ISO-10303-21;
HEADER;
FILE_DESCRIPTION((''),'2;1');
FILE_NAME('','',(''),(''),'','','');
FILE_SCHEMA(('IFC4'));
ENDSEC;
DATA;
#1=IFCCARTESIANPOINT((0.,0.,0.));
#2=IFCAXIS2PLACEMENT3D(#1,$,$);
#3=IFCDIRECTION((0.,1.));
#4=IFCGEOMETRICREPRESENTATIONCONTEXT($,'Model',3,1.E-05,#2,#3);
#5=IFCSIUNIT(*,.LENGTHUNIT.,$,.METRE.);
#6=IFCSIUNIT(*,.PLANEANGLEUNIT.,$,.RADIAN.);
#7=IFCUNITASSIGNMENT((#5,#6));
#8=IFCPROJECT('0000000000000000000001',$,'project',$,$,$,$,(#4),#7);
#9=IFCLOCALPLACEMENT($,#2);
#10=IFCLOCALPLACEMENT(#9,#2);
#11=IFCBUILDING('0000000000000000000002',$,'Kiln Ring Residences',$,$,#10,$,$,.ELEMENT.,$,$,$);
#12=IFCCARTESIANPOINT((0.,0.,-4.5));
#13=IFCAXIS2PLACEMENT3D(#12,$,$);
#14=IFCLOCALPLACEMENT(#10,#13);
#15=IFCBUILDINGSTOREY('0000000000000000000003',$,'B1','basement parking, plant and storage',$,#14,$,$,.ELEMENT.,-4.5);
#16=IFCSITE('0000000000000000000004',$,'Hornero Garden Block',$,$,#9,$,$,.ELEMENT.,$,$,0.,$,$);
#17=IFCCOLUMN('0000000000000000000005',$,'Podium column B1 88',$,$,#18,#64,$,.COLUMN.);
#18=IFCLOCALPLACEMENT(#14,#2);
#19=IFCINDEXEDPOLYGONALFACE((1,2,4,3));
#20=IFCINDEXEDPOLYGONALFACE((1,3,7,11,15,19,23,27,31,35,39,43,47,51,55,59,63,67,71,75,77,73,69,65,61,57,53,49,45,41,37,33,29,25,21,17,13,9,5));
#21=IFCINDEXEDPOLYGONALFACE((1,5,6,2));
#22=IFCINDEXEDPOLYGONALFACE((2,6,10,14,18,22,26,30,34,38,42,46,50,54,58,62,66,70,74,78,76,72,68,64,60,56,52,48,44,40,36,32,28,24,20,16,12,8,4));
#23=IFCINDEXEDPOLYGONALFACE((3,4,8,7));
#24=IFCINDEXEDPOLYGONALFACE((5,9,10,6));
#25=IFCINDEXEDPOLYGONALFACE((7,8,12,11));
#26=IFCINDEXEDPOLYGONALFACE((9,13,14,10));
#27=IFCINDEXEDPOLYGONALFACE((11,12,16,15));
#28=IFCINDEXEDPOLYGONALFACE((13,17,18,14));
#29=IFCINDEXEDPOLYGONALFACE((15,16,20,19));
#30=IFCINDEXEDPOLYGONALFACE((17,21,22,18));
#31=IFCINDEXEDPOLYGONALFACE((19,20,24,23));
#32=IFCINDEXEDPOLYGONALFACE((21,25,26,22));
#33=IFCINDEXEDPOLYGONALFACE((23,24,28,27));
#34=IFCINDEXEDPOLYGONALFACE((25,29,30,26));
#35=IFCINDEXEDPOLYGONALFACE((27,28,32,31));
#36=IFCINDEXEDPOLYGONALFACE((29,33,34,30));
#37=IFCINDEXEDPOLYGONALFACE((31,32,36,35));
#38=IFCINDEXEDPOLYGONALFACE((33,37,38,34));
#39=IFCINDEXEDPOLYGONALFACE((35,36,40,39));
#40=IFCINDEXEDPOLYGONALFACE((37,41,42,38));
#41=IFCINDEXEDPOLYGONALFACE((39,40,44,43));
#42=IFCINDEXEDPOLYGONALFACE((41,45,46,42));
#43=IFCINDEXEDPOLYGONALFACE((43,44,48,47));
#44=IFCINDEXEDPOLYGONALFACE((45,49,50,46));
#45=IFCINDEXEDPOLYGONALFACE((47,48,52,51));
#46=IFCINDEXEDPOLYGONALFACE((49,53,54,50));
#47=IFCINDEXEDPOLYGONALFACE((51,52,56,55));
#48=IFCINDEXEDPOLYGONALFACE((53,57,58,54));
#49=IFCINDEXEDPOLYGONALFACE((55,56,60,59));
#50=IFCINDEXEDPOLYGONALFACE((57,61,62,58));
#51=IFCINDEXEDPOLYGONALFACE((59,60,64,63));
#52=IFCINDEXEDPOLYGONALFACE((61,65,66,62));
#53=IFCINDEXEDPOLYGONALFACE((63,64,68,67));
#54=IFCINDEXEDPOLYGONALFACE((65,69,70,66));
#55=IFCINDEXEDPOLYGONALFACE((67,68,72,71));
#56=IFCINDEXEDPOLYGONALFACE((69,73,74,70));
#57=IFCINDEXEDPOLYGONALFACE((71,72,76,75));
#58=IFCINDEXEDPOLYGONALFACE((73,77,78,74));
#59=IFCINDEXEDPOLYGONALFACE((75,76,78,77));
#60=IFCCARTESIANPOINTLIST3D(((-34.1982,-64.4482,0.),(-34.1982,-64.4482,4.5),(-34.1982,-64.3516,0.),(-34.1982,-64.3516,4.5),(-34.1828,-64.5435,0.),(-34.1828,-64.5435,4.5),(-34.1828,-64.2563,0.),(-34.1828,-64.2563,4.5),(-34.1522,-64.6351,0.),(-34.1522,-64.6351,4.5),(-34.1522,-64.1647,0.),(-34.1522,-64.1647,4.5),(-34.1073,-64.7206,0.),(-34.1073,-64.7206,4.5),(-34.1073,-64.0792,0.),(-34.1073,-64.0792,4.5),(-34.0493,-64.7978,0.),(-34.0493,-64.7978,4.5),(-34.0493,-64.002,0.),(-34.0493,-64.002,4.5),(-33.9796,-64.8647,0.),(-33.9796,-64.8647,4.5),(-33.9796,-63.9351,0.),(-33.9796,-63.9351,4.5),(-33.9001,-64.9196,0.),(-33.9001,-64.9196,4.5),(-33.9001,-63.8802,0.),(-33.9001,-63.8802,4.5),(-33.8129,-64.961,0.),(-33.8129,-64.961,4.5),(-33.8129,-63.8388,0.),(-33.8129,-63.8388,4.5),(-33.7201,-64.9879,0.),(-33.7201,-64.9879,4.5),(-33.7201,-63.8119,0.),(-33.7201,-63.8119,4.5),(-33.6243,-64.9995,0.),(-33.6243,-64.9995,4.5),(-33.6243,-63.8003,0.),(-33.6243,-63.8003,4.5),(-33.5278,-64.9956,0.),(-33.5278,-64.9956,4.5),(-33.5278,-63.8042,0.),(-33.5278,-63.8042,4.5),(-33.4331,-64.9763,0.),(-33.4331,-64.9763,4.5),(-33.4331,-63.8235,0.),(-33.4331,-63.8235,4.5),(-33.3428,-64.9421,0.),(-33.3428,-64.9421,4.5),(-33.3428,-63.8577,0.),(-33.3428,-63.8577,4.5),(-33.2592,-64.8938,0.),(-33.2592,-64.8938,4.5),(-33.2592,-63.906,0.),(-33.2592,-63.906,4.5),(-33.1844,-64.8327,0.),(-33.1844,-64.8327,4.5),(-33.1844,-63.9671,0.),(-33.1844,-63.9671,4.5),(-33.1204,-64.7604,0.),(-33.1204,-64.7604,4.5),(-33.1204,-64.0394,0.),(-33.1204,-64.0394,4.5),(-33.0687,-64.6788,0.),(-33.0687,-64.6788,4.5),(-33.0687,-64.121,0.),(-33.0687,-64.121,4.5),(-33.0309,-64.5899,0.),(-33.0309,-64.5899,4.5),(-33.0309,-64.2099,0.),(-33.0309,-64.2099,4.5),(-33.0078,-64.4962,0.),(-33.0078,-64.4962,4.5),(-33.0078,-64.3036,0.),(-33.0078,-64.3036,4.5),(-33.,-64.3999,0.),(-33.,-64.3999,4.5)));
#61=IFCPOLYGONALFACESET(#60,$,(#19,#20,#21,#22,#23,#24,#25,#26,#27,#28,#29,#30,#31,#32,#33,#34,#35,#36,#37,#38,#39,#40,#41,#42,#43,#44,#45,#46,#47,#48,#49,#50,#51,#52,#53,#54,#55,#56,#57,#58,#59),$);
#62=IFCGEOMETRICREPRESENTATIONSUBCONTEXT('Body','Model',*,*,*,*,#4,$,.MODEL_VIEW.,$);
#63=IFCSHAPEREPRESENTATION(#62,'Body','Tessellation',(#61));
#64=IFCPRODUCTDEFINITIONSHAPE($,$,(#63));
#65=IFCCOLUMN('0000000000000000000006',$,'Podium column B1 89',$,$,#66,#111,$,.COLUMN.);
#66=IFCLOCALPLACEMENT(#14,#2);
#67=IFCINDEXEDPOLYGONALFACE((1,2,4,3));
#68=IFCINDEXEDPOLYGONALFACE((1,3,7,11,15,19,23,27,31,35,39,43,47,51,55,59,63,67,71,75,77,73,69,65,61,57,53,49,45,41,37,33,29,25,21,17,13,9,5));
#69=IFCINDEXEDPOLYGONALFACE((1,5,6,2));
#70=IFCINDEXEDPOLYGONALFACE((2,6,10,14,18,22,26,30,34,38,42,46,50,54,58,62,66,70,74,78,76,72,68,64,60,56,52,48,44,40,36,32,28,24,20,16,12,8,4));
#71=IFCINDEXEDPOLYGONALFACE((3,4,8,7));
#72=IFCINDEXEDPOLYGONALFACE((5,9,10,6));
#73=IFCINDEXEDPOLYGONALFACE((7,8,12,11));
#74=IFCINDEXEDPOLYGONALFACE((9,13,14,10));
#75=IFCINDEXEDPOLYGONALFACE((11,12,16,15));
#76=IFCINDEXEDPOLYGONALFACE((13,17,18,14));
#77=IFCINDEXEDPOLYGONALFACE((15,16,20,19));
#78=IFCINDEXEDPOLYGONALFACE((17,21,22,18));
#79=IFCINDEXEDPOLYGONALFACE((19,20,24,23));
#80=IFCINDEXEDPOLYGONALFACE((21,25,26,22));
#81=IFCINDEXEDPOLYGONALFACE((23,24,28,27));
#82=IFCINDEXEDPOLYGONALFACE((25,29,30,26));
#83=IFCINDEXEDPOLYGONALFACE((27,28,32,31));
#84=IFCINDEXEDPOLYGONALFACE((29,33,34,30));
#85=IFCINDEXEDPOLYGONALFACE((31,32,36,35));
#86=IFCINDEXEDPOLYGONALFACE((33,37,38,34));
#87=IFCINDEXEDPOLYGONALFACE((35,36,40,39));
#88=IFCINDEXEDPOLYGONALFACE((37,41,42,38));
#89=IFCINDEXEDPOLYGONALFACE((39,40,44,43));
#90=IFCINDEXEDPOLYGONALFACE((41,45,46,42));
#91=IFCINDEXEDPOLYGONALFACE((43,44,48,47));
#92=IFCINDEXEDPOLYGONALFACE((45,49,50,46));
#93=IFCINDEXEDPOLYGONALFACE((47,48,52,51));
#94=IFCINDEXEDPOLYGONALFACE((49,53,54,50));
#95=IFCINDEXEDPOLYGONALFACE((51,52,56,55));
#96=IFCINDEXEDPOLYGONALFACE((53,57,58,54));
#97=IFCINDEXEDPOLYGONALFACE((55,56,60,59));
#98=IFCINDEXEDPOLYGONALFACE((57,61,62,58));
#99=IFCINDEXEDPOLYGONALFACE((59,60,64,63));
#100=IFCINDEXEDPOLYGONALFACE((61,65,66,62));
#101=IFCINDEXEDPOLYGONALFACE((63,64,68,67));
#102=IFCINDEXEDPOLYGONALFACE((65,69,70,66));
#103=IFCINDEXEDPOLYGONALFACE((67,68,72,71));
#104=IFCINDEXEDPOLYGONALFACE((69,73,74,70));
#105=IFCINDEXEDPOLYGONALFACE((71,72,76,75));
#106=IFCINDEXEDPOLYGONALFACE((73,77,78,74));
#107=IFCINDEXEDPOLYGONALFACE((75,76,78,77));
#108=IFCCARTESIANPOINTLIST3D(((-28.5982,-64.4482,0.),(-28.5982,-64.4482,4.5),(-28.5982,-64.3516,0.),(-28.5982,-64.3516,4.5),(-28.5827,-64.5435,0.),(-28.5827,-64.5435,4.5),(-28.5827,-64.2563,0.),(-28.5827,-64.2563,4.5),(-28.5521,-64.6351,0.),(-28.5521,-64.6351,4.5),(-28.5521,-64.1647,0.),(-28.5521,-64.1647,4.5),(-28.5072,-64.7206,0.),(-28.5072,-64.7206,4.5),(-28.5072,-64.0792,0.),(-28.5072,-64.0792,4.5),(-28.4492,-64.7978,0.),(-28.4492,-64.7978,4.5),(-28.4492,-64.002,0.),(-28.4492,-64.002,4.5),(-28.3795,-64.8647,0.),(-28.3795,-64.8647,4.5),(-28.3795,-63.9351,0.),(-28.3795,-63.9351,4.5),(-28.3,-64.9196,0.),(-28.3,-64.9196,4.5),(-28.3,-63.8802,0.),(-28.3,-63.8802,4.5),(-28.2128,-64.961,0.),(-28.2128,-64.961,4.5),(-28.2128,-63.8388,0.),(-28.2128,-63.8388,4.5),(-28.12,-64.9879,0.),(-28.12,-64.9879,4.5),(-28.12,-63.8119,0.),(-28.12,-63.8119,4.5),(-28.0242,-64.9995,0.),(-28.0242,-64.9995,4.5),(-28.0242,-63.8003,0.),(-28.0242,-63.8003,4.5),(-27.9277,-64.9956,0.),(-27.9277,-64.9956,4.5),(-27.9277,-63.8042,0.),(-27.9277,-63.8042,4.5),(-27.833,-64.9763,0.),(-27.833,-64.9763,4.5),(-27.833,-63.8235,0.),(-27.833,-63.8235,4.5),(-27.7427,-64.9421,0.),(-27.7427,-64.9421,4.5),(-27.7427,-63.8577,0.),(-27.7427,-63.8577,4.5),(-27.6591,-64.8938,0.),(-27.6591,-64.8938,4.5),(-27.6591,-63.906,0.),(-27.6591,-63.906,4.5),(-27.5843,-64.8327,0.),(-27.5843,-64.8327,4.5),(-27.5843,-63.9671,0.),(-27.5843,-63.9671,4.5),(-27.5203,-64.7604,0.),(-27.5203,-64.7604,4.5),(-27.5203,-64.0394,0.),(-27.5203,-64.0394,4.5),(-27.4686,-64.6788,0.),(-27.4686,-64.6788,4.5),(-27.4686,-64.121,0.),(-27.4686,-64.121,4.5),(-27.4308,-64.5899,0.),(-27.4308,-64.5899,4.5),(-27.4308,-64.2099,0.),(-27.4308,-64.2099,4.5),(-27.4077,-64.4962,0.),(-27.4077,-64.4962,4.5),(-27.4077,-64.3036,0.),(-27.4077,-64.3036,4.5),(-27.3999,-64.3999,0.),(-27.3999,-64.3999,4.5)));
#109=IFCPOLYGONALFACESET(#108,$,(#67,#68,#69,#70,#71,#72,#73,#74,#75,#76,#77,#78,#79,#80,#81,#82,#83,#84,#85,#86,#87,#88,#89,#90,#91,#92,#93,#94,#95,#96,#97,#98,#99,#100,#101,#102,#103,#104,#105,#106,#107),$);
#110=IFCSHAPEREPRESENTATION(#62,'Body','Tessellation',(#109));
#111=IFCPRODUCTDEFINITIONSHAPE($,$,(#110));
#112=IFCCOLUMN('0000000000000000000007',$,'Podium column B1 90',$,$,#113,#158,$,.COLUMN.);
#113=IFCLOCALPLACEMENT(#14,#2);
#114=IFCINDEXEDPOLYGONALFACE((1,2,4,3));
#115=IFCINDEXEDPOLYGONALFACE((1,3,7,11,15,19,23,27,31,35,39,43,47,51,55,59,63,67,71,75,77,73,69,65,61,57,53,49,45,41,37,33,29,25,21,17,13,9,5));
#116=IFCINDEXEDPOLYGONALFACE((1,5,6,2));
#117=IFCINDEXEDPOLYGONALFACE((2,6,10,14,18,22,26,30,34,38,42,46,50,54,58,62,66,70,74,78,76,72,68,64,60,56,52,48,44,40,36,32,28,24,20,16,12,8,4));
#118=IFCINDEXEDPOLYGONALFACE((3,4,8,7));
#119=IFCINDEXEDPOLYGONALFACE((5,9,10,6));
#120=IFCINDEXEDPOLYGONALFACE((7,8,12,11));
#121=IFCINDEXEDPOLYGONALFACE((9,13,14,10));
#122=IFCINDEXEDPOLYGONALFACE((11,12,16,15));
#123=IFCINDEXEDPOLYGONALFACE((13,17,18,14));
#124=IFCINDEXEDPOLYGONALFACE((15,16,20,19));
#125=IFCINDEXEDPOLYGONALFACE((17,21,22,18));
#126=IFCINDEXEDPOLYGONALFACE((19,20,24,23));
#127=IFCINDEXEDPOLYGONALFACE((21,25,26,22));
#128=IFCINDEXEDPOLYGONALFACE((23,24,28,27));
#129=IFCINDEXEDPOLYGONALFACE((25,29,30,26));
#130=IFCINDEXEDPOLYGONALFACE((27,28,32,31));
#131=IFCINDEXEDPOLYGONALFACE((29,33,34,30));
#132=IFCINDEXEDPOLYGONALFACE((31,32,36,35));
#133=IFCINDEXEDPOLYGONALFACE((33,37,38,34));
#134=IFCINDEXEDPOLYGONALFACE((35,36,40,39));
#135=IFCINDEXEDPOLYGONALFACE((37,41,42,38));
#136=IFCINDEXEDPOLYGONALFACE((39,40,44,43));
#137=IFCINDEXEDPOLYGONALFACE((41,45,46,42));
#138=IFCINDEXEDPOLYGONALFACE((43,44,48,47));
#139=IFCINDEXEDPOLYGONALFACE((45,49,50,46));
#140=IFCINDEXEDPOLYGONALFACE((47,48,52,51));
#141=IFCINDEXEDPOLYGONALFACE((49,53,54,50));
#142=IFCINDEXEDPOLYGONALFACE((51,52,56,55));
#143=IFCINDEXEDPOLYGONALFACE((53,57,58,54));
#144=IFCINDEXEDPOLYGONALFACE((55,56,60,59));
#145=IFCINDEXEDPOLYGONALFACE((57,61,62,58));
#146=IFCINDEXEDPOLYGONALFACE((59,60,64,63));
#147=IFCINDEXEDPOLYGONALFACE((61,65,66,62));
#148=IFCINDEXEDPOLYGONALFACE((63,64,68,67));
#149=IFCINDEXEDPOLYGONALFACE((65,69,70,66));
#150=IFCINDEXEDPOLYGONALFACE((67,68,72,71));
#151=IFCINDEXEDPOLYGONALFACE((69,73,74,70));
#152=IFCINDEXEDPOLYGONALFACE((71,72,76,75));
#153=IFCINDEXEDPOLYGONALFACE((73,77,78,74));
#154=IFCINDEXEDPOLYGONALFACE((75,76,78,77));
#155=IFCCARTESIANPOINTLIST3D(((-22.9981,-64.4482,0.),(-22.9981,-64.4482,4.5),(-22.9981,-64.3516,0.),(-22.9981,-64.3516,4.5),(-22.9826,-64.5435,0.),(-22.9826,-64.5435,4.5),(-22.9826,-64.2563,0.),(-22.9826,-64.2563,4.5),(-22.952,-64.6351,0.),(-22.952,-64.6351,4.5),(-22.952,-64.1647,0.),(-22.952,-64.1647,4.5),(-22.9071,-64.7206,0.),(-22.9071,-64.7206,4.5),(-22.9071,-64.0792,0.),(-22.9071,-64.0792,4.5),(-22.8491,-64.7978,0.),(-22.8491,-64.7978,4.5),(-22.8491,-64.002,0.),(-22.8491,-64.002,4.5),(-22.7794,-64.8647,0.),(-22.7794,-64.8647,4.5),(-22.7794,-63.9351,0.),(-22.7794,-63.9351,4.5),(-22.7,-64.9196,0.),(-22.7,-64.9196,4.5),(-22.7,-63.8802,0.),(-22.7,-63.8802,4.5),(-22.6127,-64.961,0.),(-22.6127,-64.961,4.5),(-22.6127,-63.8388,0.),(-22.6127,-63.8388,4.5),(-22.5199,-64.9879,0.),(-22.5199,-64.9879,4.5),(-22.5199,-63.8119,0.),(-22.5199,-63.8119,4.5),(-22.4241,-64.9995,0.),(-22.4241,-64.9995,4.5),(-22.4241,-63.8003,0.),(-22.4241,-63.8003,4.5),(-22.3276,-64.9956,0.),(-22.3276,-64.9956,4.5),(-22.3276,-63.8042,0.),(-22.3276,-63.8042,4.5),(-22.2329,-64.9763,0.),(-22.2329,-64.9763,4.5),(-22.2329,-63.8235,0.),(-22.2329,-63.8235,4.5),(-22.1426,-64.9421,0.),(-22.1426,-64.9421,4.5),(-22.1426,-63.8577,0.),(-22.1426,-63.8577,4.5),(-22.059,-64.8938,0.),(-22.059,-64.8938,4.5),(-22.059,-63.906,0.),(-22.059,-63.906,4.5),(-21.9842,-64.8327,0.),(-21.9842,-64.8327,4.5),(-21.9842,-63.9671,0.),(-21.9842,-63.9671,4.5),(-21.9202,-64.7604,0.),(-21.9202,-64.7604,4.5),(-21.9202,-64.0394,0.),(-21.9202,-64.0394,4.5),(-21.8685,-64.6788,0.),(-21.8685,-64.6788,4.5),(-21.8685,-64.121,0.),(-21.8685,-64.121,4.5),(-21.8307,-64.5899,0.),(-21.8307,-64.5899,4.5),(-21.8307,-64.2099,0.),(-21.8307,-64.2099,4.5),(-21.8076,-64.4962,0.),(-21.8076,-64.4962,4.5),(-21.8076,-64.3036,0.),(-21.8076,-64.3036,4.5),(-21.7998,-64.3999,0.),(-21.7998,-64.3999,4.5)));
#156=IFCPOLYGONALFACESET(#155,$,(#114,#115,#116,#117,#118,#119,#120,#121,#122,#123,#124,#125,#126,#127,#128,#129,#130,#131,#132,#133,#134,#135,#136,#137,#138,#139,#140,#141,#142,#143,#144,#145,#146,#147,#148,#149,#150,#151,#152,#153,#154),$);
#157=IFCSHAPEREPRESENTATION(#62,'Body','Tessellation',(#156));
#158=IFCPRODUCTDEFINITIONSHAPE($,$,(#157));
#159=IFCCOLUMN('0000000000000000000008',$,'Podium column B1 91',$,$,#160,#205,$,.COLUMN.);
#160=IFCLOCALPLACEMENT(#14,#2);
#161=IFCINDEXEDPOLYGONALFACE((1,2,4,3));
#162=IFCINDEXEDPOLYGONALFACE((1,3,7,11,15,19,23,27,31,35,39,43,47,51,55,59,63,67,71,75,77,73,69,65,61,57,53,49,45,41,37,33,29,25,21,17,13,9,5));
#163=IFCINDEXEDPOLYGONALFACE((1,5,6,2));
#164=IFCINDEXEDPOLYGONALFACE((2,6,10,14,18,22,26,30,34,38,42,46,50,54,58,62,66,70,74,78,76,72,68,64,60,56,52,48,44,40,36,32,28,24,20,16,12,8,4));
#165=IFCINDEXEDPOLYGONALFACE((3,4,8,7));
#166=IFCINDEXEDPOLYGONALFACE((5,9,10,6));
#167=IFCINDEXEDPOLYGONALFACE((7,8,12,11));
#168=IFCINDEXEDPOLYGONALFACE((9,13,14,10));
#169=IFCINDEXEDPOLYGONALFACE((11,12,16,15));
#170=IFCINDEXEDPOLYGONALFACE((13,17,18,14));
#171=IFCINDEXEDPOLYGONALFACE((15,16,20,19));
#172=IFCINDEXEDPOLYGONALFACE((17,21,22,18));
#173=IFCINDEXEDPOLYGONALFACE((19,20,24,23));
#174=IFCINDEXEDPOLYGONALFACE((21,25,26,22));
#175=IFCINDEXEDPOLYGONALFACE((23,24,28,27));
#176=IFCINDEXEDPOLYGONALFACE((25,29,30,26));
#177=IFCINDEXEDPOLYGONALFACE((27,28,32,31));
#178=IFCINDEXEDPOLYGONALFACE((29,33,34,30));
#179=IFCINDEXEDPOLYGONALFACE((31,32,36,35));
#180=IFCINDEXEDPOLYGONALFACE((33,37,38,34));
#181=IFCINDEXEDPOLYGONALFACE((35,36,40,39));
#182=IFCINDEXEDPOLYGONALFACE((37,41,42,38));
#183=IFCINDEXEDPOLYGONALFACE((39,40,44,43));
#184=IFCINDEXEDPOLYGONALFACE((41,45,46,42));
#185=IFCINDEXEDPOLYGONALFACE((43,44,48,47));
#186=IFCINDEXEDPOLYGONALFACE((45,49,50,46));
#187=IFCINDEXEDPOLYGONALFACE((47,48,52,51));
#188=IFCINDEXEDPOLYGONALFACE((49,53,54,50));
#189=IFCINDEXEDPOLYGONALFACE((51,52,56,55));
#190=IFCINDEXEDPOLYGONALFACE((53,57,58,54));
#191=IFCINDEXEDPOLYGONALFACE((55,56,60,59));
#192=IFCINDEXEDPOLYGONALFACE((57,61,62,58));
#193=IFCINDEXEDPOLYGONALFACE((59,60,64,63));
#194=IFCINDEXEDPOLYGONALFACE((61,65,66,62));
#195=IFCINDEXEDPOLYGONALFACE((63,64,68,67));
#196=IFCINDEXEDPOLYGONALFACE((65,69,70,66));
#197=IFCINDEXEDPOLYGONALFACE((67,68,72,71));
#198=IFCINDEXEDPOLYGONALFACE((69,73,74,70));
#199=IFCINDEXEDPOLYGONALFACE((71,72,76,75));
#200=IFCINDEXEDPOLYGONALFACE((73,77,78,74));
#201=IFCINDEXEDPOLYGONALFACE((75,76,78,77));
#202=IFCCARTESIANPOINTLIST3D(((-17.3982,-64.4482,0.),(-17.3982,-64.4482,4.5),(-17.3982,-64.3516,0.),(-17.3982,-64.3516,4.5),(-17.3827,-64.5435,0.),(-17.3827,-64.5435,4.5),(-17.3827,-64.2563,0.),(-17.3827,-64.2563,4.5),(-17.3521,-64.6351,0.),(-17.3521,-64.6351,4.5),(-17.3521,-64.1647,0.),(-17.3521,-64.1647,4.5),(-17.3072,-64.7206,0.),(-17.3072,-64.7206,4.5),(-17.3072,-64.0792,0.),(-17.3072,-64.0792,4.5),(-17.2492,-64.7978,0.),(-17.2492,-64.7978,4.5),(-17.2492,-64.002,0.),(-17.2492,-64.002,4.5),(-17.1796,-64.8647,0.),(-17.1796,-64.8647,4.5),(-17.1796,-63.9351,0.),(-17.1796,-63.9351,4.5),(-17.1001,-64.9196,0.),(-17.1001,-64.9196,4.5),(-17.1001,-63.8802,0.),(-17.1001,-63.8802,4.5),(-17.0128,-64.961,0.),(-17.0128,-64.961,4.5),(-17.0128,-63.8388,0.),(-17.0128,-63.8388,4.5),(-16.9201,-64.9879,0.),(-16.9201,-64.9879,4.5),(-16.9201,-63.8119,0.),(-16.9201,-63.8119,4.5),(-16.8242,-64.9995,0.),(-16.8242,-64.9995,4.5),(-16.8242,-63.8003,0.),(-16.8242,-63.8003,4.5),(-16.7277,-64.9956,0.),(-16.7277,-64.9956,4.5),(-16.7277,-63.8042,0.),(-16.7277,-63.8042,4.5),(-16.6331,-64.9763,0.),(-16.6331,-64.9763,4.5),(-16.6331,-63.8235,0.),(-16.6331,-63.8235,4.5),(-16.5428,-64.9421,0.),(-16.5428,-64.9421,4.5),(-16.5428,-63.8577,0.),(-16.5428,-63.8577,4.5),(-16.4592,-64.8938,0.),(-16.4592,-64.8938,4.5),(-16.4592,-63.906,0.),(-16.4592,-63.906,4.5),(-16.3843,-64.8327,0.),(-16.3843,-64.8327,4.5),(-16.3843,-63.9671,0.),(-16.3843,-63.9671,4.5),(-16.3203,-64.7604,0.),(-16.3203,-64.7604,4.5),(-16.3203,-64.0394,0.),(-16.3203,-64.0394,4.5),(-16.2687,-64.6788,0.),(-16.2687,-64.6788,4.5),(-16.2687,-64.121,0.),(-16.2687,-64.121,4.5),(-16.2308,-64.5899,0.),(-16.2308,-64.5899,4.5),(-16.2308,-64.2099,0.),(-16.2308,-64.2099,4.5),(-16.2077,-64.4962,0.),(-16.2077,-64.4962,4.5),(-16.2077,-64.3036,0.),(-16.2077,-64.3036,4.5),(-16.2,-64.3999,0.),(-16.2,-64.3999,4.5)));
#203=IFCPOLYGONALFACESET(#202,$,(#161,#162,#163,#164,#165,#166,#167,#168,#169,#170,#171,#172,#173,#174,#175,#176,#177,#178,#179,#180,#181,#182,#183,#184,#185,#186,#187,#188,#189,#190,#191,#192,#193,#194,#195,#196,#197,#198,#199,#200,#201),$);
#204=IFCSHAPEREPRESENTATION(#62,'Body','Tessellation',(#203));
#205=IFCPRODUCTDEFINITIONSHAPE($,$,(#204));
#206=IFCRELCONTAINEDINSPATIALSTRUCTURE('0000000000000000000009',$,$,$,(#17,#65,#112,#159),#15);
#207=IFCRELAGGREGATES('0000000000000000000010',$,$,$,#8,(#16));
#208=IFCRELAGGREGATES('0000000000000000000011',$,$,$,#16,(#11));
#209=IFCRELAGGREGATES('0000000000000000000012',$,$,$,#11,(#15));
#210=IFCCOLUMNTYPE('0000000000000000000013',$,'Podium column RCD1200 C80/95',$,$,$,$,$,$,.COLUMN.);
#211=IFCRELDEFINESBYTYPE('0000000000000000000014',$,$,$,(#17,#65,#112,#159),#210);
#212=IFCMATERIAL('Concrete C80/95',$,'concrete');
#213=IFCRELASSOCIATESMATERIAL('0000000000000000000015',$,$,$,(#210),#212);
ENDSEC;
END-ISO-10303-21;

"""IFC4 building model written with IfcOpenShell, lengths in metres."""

from ifc_helpers import new_model, si_unit, direction, frame, origin, origin_2d, place, context, subcontext, project, spatial, circle, extrude, material, material_profile, profile_set, type_object, element, save


model = new_model("IFC4")

# Units and contexts
model_context = context("Model", 3, precision=1e-05, world=origin(), true_north=direction((0.0, 1.0)))
body_context = subcontext(model_context, "Body", "Model", "MODEL_VIEW")
ifc_project = project(units=[si_unit("LENGTHUNIT", "METRE"), si_unit("PLANEANGLEUNIT", "RADIAN")], contexts=[model_context])

# Site, building, storey
site_placement = place(None, origin())
site = spatial("IfcSite", under=ifc_project, at=site_placement, Name="Hornero Garden Block", CompositionType="ELEMENT", RefElevation=0.0)
building_placement = place(site_placement, origin())
building = spatial("IfcBuilding", under=site, at=building_placement, Name="Kiln Ring Residences", CompositionType="ELEMENT")
storey_placement = place(building_placement, frame((0.0, 0.0, -4.5)))
storey = spatial("IfcBuildingStorey", under=building, at=storey_placement, Name="B1", Description="basement parking, plant and storage", CompositionType="ELEMENT", Elevation=-4.5)

# Columns
ifc_material_1 = material(Name="Concrete C80/95", Category="concrete")
ifc_material_profile_1 = material_profile(ifc_material_1, circle(Radius=0.6001, at=origin_2d()), Name="RCD1200")
ifc_profile_set_1 = profile_set([ifc_material_profile_1], Name="Concrete C80/95")
column_type = type_object("IfcColumnType", Name="Podium column RCD1200 C80/95", PredefinedType="COLUMN", material=ifc_profile_set_1)
for number, where, z_axis, x_axis, name in (
    (1, (-33.6001, -64.3999, 0.0), (0.0, 0.0, 1.0), (1.0, 0.0, 0.0), "Podium column B1 88"),
    (2, (-28.0, -64.3999, 0.0), (0.0, 0.0, 1.0), (1.0, 0.0, 0.0), "Podium column B1 89"),
    (3, (-22.3999, -64.3999, 0.0), (0.0, 0.0, 1.0), (1.0, 0.0, 0.0), "Podium column B1 90"),
    (4, (-16.8, -64.3999, 0.0), (0.0, 0.0, 1.0), (1.0, 0.0, 0.0), "Podium column B1 91"),
):
    element("IfcColumn", number, at=place(storey_placement, frame(where, z_axis=z_axis, x_axis=x_axis)), inside=storey, type_object=column_type, Name=name, PredefinedType="COLUMN", context=body_context, shape_type="SweptSolid", body=[
        extrude(circle(Radius=0.6001, at=origin_2d()), origin(), (0.0, 0.0, 1.0), 4.5),
    ])

save(model, "model.ifc")
